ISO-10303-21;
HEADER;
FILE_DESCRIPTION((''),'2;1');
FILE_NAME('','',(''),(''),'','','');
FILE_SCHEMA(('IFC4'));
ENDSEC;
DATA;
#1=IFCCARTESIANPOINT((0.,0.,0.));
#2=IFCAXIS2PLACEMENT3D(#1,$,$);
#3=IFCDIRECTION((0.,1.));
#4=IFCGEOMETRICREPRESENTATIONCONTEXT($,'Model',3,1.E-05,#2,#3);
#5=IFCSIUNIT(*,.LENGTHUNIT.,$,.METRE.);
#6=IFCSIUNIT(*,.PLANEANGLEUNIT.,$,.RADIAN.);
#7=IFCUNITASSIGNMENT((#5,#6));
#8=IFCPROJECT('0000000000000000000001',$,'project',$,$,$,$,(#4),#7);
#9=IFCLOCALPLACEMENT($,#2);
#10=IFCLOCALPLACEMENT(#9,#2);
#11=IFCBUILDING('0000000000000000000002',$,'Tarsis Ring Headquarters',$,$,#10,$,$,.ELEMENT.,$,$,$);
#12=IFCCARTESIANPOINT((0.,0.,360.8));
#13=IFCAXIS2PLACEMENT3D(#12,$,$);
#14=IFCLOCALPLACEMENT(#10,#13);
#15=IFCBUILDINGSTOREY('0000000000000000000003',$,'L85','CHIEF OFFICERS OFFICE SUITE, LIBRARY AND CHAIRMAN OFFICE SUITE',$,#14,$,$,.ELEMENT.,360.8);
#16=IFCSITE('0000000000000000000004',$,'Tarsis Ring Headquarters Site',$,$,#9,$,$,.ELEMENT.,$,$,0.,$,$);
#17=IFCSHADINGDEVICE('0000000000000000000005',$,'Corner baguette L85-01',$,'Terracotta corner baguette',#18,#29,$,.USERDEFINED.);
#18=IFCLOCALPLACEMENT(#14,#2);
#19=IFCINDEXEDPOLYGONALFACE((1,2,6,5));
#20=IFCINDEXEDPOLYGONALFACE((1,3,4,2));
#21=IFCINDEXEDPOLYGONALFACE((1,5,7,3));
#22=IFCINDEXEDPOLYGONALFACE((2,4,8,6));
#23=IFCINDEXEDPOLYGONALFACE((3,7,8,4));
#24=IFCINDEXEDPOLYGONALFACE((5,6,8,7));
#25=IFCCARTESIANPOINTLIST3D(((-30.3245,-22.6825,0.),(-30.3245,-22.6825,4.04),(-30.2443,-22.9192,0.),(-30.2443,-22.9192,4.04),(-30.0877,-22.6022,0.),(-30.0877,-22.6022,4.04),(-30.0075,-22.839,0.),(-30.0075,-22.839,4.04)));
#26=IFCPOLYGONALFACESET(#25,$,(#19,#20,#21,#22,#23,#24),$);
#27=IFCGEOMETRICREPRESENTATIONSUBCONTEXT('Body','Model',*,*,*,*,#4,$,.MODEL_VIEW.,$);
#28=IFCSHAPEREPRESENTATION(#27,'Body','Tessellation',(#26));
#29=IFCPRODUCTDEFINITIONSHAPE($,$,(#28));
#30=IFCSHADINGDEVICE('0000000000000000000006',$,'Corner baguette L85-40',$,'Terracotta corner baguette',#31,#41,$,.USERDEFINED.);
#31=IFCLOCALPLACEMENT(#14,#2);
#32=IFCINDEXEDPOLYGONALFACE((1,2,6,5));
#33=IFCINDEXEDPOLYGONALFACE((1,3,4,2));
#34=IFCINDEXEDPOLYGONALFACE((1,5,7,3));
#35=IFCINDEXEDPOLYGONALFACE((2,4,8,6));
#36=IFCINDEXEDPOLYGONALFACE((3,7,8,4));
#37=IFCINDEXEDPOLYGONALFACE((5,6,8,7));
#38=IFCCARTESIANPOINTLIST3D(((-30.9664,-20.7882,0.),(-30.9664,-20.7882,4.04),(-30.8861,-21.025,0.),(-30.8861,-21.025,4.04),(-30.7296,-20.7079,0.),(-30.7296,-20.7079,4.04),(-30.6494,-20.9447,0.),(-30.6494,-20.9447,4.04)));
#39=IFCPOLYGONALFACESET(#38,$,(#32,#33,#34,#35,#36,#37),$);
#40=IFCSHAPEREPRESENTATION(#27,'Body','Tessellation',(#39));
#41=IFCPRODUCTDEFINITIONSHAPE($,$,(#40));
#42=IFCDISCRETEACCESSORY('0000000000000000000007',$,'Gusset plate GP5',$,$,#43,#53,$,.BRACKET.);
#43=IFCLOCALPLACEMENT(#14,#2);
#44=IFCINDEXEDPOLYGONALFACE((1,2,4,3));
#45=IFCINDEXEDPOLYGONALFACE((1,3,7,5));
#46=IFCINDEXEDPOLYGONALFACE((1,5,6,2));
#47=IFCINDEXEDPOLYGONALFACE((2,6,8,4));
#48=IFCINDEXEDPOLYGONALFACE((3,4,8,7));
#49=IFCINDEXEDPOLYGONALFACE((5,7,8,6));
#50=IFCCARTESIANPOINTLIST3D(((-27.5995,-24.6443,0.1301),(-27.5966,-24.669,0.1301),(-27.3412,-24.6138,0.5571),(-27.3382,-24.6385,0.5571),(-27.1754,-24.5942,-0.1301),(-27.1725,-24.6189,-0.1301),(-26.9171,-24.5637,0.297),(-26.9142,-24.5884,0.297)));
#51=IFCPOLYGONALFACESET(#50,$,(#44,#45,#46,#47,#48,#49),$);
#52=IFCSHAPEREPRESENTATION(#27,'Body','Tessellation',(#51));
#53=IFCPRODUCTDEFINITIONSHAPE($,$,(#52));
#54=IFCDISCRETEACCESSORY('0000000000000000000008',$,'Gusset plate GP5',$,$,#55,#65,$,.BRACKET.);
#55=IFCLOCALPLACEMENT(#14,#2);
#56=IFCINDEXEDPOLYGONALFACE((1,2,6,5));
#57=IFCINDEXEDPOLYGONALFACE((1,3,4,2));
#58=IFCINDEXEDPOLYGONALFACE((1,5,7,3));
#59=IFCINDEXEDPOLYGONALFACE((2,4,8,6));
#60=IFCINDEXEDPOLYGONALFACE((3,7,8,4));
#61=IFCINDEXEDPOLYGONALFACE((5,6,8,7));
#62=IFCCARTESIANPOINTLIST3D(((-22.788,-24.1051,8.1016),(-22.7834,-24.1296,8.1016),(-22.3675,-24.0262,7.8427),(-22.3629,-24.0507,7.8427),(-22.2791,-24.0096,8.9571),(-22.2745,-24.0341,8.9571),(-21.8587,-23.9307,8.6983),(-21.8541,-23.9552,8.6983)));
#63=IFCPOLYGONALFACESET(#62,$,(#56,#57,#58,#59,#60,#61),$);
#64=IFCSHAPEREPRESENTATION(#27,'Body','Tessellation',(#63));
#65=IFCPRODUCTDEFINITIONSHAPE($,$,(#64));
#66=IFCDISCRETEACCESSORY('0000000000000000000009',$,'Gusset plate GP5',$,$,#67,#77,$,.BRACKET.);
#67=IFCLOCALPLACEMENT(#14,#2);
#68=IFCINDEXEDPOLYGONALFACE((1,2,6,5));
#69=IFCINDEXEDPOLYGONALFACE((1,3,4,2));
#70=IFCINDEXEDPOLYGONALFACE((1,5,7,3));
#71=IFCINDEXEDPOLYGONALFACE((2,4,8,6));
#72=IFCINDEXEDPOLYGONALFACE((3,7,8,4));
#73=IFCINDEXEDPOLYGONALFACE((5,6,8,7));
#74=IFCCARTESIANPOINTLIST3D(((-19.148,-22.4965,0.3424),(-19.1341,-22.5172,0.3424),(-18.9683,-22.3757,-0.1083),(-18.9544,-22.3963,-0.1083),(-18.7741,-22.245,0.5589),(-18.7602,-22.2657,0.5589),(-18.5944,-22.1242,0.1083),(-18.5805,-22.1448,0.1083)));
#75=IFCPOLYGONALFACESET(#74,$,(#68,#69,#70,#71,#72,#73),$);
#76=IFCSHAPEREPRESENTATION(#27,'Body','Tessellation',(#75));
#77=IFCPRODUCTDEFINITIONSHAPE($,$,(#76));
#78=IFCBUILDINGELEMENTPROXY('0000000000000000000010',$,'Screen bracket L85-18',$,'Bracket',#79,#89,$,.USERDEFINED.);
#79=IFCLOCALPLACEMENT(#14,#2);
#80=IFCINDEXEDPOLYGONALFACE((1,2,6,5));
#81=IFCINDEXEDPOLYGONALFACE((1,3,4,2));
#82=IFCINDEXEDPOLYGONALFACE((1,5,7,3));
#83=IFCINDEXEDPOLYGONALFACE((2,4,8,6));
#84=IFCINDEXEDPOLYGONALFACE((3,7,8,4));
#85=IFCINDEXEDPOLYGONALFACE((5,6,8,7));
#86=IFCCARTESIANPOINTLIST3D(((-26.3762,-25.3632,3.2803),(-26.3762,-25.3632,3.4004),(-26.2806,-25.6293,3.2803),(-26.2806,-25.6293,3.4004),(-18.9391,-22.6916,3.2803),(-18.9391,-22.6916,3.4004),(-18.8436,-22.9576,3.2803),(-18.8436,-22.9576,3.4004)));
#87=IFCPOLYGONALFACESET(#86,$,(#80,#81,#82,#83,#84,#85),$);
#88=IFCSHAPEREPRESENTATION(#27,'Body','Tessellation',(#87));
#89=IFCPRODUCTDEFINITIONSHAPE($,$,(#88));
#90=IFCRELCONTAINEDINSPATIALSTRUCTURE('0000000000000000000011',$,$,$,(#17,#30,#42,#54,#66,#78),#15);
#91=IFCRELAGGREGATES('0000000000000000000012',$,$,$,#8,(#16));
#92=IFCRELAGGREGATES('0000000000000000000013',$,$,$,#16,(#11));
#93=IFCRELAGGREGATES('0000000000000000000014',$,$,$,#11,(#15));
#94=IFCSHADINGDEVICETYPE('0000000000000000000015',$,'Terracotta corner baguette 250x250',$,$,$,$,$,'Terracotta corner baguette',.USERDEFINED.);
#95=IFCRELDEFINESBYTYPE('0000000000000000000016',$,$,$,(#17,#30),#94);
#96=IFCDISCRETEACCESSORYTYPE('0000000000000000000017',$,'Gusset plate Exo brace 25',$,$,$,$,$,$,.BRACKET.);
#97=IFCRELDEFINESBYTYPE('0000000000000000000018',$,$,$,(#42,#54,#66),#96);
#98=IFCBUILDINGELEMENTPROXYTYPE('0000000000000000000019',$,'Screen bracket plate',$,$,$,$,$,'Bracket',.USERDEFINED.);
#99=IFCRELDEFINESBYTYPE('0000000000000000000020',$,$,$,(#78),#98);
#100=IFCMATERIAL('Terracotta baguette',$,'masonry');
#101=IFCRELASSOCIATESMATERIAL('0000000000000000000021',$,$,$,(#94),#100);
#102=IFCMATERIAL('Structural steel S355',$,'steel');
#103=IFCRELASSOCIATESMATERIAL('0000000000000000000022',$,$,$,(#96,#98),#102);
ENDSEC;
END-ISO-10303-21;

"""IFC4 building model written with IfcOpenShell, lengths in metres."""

from ifc_helpers import new_model, si_unit, direction, frame, origin, origin_2d, place, context, subcontext, project, spatial, rectangle, extrude, material, material_profile, profile_set, type_object, element, save


model = new_model("IFC4")

# Units and contexts
model_context = context("Model", 3, precision=1e-05, world=origin(), true_north=direction((0.0, 1.0)))
body_context = subcontext(model_context, "Body", "Model", "MODEL_VIEW")
ifc_project = project(units=[si_unit("LENGTHUNIT", "METRE"), si_unit("PLANEANGLEUNIT", "RADIAN")], contexts=[model_context])

# Site, building, storey
site_placement = place(None, origin())
site = spatial("IfcSite", under=ifc_project, at=site_placement, Name="Tarsis Ring Headquarters Site", CompositionType="ELEMENT", RefElevation=0.0)
building_placement = place(site_placement, origin())
building = spatial("IfcBuilding", under=site, at=building_placement, Name="Tarsis Ring Headquarters", CompositionType="ELEMENT")
storey_placement = place(building_placement, frame((0.0, 0.0, 360.8)))
storey = spatial("IfcBuildingStorey", under=building, at=storey_placement, Name="L85", Description="CHIEF OFFICERS OFFICE SUITE, LIBRARY AND CHAIRMAN OFFICE SUITE", CompositionType="ELEMENT", Elevation=360.8)

# Shared definitions
ifc_material_1 = material(Name="Structural steel S355", Category="steel")

# Shading devices
ifc_material_2 = material(Name="Terracotta baguette", Category="masonry")
shading_device_type_1 = type_object("IfcShadingDeviceType", Name="Terracotta corner baguette 250x250", ElementType="Terracotta corner baguette", PredefinedType="USERDEFINED", material=ifc_material_2)
for number, where, z_axis, x_axis, name in (
    (1, (-30.166, -22.7607, 0.0), (0.0, 0.0, 1.0), (0.320944, -0.947098, 0.0), "Corner baguette L85-01"),
    (2, (-30.8079, -20.8665, 0.0), (0.0, 0.0, 1.0), (0.947098, 0.320944, 0.0), "Corner baguette L85-40"),
):
    element("IfcShadingDevice", number, at=place(storey_placement, frame(where, z_axis=z_axis, x_axis=x_axis)), inside=storey, type_object=shading_device_type_1, Name=name, ObjectType="Terracotta corner baguette", PredefinedType="USERDEFINED", context=body_context, shape_type="SweptSolid", body=[
        extrude(rectangle(XDim=0.25, YDim=0.25, at=origin_2d()), origin(), (0.0, 0.0, 1.0), 4.04),
    ])

# Discrete accessories
ifc_material_profile_1 = material_profile(ifc_material_1, rectangle(XDim=0.0249, YDim=0.5, at=origin_2d()), Name="PL 25x500")
ifc_profile_set_1 = profile_set([ifc_material_profile_1], Name="Structural steel S355")
discrete_accessory_type = type_object("IfcDiscreteAccessoryType", Name="Gusset plate Exo brace 25", PredefinedType="BRACKET", material=ifc_profile_set_1)
discrete_accessory_1_placement = place(storey_placement, frame((-27.386, -24.6316, 0.0), z_axis=(0.516621, 0.061037, 0.854036), x_axis=(-0.117331, 0.993093, 0.0)))
element("IfcDiscreteAccessory", 3, at=discrete_accessory_1_placement, inside=storey, type_object=discrete_accessory_type, Name="Gusset plate GP5", PredefinedType="BRACKET", context=body_context, shape_type="SweptSolid", body=[
    extrude(rectangle(XDim=0.0249, YDim=0.5, at=origin_2d()), origin(), (0.0, 0.0, 1.0), 0.5),
])
discrete_accessory_2_placement = place(storey_placement, frame((-22.5754, -24.0779, 7.9722), z_axis=(0.508839, 0.095468, 0.855552), x_axis=(-0.184402, 0.982851, 0.0)))
element("IfcDiscreteAccessory", 4, at=discrete_accessory_2_placement, inside=storey, type_object=discrete_accessory_type, Name="Gusset plate GP5", PredefinedType="BRACKET", context=body_context, shape_type="SweptSolid", body=[
    extrude(rectangle(XDim=0.0249, YDim=0.5, at=origin_2d()), origin(), (0.0, 0.0, 1.0), 1.0),
])
discrete_accessory_3_placement = place(storey_placement, frame((-18.7744, -22.2603, 0.0), z_axis=(-0.359369, -0.241695, 0.901353), x_axis=(0.558078, -0.829789, 0.0)))
element("IfcDiscreteAccessory", 5, at=discrete_accessory_3_placement, inside=storey, type_object=discrete_accessory_type, Name="Gusset plate GP5", PredefinedType="BRACKET", context=body_context, shape_type="SweptSolid", body=[
    extrude(rectangle(XDim=0.0249, YDim=0.5, at=origin_2d()), origin(), (0.0, 0.0, 1.0), 0.5),
])

# Building element proxy
building_element_proxy_type = type_object("IfcBuildingElementProxyType", Name="Screen bracket plate", ElementType="Bracket", PredefinedType="USERDEFINED", material=ifc_material_1)
proxy_placement = place(storey_placement, frame((-22.6099, -24.1604, 3.2803), z_axis=(0.0, 0.0, 1.0), x_axis=(0.941117, 0.338081, 0.0)))
element("IfcBuildingElementProxy", 6, at=proxy_placement, inside=storey, type_object=building_element_proxy_type, Name="Screen bracket L85-18", ObjectType="Bracket", PredefinedType="USERDEFINED", context=body_context, shape_type="SweptSolid", body=[
    extrude(rectangle(XDim=7.9023, YDim=0.2827, at=origin_2d()), origin(), (0.0, 0.0, 1.0), 0.1201),
])

save(model, "model.ifc")
